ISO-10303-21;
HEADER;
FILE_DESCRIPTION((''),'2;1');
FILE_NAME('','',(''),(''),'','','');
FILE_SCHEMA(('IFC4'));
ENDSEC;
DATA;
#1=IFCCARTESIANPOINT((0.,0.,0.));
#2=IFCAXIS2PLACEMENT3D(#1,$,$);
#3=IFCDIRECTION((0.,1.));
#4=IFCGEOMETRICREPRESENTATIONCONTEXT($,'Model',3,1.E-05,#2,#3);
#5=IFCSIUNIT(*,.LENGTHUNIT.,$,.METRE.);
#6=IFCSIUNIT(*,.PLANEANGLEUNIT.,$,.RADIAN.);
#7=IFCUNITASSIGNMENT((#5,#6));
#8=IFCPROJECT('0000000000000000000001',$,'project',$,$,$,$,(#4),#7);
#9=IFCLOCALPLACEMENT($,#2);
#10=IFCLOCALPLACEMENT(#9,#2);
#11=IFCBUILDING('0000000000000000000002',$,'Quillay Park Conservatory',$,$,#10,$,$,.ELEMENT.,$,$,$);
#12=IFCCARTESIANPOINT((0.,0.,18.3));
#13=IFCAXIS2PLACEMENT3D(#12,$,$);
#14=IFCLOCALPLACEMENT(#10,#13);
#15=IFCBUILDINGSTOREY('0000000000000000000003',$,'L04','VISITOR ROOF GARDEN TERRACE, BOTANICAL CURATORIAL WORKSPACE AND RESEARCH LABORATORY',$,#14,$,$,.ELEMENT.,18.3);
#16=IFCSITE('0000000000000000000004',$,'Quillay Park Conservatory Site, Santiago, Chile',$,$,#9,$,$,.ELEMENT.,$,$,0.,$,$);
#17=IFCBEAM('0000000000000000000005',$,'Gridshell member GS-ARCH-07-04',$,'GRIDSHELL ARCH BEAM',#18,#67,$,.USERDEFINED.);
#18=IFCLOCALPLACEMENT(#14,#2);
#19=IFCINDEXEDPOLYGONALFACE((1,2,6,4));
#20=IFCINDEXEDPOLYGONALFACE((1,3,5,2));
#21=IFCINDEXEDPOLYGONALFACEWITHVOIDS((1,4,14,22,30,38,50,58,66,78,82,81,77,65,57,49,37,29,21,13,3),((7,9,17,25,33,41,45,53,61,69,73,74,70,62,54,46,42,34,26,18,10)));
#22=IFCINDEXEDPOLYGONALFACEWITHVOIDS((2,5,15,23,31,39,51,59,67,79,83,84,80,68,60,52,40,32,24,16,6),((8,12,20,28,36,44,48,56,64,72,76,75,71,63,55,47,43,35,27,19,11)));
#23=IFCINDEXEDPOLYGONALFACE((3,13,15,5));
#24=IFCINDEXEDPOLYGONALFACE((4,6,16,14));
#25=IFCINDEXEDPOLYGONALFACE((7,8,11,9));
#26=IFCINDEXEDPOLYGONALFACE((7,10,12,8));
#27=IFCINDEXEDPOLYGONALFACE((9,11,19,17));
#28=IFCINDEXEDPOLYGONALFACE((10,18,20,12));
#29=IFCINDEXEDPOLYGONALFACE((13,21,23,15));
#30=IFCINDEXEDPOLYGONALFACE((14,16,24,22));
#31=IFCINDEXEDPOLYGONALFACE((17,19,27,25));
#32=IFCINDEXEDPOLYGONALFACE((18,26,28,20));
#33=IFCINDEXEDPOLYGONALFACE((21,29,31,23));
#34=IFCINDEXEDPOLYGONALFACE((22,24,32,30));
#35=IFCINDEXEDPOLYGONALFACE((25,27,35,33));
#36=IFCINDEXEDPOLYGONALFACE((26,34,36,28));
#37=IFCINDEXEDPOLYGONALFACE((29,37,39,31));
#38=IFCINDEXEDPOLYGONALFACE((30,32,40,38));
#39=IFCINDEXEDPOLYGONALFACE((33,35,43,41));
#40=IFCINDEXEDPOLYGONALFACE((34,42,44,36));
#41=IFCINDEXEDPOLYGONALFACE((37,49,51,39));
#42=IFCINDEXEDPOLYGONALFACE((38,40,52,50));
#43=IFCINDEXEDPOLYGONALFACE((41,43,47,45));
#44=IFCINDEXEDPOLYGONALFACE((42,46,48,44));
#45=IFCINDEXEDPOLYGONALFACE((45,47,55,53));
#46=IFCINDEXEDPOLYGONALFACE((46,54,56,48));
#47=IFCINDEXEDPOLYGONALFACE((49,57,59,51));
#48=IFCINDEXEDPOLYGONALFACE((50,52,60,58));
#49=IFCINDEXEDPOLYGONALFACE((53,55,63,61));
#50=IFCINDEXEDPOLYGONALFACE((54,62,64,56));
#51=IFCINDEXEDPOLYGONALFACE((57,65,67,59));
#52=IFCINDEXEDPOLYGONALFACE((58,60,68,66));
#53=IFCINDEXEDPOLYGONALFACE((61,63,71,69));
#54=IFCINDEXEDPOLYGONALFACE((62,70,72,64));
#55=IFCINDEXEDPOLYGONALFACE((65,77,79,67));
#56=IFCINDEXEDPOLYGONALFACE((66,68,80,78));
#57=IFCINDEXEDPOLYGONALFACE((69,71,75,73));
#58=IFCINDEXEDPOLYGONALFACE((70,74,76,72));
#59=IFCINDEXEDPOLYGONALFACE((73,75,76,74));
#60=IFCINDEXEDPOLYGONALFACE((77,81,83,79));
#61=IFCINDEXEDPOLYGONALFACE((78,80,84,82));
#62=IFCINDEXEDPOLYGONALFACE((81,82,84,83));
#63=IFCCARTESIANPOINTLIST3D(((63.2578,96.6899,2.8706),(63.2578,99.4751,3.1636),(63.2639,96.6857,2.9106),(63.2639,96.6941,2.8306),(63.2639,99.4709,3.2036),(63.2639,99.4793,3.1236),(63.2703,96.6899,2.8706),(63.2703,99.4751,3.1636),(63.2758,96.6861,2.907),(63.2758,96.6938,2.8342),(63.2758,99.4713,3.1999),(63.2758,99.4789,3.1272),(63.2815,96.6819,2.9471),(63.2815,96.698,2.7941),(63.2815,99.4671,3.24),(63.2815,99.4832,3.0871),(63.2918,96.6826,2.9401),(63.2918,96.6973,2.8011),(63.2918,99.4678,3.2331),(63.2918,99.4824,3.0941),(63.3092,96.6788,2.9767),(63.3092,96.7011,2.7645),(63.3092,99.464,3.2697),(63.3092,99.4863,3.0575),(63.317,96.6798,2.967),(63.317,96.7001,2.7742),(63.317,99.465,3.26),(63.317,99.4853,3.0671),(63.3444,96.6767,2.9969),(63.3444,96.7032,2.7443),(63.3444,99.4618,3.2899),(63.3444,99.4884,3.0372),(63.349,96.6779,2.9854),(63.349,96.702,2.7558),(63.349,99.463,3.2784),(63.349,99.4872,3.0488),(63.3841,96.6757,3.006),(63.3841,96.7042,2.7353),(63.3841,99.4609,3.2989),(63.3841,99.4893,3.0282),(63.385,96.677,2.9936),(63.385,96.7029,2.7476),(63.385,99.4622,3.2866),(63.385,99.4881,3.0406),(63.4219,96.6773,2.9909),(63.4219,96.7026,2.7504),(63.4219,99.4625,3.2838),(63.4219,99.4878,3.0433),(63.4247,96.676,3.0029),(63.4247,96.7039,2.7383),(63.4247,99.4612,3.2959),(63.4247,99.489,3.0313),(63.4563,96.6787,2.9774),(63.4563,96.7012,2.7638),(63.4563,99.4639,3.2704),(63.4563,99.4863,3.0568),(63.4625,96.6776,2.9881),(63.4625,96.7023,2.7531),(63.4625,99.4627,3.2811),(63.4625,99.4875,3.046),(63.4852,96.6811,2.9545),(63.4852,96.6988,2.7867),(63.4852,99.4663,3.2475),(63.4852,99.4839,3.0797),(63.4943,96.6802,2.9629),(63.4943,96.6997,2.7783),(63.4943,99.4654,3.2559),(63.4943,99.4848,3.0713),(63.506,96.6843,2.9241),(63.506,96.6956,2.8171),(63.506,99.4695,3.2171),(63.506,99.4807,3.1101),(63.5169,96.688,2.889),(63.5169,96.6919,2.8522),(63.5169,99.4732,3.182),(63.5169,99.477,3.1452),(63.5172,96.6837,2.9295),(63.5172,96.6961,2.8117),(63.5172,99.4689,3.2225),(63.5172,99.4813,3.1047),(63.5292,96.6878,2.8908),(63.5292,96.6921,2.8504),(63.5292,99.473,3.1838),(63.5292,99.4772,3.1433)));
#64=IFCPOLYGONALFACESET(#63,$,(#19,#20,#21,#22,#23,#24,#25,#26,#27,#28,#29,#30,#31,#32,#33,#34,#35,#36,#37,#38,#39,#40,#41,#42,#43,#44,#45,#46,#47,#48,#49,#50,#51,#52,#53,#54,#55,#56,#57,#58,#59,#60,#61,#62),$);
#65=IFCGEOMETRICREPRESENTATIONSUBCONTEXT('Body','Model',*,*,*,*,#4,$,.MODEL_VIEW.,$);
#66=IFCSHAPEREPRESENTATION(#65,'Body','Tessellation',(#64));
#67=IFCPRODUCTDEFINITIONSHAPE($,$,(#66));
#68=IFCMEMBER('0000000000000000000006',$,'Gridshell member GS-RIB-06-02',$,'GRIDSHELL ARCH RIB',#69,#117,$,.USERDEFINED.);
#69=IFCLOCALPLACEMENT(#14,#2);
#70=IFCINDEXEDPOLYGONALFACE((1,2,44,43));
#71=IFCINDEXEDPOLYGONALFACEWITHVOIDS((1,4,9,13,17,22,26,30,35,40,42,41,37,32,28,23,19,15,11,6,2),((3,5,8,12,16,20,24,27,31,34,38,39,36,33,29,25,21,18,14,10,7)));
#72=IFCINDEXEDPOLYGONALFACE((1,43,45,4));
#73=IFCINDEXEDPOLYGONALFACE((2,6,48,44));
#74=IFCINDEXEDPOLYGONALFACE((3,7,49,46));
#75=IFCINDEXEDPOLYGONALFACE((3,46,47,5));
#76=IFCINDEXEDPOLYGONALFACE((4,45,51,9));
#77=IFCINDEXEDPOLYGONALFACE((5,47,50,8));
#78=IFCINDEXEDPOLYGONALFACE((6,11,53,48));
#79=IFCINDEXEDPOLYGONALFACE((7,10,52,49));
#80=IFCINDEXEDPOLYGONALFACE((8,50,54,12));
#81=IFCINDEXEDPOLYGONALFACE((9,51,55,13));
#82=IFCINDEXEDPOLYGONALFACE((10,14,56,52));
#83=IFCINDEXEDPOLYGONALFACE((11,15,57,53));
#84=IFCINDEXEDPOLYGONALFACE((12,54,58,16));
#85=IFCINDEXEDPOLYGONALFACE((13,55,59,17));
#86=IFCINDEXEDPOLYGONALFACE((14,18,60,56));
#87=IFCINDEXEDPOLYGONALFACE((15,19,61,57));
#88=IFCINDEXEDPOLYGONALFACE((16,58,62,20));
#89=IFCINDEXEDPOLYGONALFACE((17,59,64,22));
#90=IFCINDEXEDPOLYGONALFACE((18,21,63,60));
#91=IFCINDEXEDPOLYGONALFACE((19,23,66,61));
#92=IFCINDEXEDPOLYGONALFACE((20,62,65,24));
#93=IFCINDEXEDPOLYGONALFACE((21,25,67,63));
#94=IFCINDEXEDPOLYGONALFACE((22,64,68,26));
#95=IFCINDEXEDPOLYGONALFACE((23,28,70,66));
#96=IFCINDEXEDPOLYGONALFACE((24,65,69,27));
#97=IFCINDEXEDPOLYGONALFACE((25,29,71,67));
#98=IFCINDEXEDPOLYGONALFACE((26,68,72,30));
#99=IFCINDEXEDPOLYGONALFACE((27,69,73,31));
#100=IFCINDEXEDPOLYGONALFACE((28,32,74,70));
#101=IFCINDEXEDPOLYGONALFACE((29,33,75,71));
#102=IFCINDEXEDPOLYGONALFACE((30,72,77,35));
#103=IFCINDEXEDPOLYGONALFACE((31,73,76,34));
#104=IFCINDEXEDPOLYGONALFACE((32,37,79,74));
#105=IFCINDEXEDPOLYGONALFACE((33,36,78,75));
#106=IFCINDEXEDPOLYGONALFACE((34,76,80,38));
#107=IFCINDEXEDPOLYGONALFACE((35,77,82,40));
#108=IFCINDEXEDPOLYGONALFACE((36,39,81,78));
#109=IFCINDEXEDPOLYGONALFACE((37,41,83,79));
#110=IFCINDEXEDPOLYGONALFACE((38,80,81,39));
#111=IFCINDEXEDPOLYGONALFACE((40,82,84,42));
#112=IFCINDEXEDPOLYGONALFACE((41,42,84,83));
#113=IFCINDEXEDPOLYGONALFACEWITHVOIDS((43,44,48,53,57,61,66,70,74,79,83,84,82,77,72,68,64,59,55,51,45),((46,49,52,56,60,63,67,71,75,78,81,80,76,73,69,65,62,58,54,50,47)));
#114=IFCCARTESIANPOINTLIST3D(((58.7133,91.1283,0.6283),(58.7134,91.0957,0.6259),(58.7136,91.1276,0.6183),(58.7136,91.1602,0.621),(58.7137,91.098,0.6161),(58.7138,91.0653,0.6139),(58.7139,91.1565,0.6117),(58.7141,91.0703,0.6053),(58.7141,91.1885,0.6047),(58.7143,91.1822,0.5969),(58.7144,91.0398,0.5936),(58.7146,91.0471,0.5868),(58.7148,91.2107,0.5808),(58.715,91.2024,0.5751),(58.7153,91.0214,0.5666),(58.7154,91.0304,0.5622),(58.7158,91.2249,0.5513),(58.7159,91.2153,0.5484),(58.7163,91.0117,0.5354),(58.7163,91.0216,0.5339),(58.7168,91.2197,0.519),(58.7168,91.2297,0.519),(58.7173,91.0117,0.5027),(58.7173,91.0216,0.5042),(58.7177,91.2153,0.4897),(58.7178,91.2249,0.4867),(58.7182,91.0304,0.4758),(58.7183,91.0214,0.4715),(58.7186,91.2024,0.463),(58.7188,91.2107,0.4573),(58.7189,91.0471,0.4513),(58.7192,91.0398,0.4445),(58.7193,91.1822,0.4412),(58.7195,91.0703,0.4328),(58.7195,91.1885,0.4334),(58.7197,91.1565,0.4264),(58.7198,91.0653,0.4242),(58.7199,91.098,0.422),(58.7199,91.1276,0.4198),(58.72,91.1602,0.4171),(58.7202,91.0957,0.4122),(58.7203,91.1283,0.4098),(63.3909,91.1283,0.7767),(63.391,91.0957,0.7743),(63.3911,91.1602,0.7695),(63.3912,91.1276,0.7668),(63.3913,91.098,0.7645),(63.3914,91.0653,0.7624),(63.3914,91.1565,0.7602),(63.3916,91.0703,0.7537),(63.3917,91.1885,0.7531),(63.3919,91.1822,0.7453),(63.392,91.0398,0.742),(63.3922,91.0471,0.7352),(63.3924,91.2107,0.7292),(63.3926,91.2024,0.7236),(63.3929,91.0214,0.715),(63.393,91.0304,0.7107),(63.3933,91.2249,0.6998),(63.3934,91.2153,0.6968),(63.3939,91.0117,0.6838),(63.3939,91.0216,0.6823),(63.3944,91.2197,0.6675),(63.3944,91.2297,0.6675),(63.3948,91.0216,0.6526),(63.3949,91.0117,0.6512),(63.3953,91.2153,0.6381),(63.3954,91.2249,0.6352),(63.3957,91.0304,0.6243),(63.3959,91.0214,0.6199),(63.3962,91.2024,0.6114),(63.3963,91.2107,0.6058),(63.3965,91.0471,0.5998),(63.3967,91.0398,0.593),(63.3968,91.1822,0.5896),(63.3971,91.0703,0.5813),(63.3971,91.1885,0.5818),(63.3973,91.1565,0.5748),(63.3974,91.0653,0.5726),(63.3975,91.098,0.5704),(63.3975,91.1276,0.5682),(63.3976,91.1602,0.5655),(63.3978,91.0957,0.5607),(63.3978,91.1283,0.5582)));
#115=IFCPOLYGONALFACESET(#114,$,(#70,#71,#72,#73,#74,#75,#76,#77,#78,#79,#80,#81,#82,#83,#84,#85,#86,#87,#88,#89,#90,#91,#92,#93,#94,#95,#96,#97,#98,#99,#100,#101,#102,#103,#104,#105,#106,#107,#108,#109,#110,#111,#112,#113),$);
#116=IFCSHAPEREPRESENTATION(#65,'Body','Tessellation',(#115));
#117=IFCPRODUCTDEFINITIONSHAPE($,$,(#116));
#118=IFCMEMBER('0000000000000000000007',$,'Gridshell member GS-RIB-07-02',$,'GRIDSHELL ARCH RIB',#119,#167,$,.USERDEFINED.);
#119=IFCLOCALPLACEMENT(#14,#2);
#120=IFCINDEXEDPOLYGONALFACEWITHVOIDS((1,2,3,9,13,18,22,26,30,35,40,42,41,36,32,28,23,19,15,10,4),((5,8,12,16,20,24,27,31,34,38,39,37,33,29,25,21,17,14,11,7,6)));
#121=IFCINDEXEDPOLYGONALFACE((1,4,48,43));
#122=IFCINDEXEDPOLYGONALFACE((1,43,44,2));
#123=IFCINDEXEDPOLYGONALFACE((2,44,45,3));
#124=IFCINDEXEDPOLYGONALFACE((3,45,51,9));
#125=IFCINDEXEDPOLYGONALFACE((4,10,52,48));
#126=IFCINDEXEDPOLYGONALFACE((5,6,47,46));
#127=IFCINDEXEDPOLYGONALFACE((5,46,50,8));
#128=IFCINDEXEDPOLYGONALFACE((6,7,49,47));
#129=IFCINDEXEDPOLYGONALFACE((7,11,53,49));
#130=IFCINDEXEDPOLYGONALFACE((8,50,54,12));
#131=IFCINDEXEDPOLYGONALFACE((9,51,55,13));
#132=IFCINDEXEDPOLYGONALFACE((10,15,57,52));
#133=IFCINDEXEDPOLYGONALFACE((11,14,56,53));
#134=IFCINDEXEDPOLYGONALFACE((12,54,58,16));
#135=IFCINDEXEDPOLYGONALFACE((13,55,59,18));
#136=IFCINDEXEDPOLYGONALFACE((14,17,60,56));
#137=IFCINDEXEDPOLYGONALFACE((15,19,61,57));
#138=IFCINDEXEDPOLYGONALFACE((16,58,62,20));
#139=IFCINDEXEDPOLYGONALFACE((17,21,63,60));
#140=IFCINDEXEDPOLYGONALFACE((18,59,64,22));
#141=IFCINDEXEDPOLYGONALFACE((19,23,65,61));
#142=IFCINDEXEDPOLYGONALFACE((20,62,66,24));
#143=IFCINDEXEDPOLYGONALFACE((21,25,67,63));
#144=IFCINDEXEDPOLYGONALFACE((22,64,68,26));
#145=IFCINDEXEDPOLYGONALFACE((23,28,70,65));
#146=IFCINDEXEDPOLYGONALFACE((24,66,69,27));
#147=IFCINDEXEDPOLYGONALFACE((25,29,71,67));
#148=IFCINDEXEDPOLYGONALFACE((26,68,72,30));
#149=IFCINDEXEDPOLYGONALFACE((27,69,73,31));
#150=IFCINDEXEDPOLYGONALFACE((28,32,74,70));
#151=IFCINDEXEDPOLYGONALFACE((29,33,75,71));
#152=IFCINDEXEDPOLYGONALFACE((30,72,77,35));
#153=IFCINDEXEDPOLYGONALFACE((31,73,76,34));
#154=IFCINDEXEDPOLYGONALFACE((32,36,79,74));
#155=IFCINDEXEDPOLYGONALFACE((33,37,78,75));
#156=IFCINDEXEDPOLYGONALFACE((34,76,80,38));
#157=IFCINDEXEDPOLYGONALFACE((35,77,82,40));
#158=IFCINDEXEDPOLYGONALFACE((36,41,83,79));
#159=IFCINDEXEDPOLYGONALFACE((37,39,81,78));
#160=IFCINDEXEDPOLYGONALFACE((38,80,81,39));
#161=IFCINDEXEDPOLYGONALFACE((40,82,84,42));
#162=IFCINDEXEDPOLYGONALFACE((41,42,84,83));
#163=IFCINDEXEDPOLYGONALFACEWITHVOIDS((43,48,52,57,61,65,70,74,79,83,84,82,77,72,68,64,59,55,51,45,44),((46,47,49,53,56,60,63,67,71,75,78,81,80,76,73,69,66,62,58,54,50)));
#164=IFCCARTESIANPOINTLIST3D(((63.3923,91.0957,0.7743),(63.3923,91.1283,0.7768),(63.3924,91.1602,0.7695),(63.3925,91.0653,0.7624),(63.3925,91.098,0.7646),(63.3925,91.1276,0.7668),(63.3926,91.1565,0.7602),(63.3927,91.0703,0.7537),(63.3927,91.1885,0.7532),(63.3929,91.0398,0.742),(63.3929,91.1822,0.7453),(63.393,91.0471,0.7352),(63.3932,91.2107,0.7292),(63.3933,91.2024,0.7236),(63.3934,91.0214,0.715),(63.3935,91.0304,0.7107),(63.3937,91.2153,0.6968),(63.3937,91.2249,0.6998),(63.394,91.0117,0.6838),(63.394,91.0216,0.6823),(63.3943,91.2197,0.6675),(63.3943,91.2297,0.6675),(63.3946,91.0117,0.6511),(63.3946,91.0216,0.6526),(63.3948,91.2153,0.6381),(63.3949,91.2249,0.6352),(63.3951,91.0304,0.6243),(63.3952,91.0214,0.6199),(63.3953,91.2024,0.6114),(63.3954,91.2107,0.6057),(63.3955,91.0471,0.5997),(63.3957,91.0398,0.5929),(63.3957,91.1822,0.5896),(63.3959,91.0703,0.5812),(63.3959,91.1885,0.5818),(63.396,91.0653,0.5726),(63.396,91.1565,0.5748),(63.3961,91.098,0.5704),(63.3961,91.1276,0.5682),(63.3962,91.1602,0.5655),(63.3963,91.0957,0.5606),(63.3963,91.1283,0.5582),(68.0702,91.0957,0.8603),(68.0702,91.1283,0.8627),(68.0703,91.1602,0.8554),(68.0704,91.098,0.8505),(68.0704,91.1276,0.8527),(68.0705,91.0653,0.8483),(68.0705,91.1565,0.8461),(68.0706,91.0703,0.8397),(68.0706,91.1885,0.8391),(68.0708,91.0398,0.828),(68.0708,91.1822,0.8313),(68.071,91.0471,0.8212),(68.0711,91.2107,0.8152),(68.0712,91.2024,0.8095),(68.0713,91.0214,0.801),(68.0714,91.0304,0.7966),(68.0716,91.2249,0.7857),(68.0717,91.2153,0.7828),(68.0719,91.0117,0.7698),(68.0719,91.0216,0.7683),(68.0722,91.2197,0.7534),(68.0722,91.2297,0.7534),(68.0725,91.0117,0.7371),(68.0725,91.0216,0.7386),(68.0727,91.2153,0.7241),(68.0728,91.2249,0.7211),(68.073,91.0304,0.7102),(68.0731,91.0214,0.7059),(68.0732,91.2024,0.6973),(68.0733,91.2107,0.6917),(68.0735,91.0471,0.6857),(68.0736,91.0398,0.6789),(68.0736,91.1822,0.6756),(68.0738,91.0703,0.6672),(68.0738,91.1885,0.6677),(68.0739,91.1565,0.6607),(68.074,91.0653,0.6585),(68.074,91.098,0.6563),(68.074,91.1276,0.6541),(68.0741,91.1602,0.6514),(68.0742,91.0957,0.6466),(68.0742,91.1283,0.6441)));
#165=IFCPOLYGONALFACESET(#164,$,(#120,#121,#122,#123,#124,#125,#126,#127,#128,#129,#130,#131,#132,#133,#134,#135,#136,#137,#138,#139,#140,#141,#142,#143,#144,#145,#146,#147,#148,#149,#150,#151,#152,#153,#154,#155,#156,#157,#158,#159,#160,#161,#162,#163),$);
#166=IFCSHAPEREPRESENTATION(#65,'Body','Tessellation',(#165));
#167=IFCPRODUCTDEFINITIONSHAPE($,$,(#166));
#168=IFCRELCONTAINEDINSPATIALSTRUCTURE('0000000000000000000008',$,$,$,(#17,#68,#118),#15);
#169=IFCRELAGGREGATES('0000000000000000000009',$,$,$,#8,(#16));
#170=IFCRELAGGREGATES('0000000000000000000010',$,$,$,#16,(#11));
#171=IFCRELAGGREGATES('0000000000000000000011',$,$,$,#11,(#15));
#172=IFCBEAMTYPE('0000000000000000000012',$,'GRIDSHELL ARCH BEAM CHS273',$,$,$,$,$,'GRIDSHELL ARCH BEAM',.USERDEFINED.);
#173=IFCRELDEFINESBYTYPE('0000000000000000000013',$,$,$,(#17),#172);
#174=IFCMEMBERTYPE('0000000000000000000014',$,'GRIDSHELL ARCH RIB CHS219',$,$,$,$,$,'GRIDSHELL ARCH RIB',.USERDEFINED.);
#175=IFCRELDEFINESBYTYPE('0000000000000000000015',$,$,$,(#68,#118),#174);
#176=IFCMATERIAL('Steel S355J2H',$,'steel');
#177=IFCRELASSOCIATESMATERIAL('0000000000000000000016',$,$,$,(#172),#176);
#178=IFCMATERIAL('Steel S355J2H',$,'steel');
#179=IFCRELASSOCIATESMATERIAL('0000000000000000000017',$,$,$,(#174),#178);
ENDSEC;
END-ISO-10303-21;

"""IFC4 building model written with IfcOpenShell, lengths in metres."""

from ifc_helpers import new_model, si_unit, direction, frame, origin, origin_2d, place, context, subcontext, project, spatial, hollow_circle, extrude, material, material_profile, profile_set, type_object, element, save


model = new_model("IFC4")

# Units and contexts
model_context = context("Model", 3, precision=1e-05, world=origin(), true_north=direction((0.0, 1.0)))
body_context = subcontext(model_context, "Body", "Model", "MODEL_VIEW")
ifc_project = project(units=[si_unit("LENGTHUNIT", "METRE"), si_unit("PLANEANGLEUNIT", "RADIAN")], contexts=[model_context])

# Site, building, storey
site_placement = place(None, origin())
site = spatial("IfcSite", under=ifc_project, at=site_placement, Name="Quillay Park Conservatory Site, Santiago, Chile", CompositionType="ELEMENT", RefElevation=0.0)
building_placement = place(site_placement, origin())
building = spatial("IfcBuilding", under=site, at=building_placement, Name="Quillay Park Conservatory", CompositionType="ELEMENT")
storey_placement = place(building_placement, frame((0.0, 0.0, 18.3)))
storey = spatial("IfcBuildingStorey", under=building, at=storey_placement, Name="L04", Description="VISITOR ROOF GARDEN TERRACE, BOTANICAL CURATORIAL WORKSPACE AND RESEARCH LABORATORY", CompositionType="ELEMENT", Elevation=18.3)

# Beam
ifc_material_1 = material(Name="Steel S355J2H", Category="steel")
ifc_material_profile_1 = material_profile(ifc_material_1, hollow_circle(Radius=0.1365, WallThickness=0.0125, at=origin_2d()), Name="CHS273x12.5")
ifc_profile_set_1 = profile_set([ifc_material_profile_1], Name="Steel S355J2H")
beam_type = type_object("IfcBeamType", Name="GRIDSHELL ARCH BEAM CHS273", ElementType="GRIDSHELL ARCH BEAM", PredefinedType="USERDEFINED", material=ifc_profile_set_1)
beam_1_placement = place(storey_placement, frame((63.3943, 96.6899, 2.8706), z_axis=(0.0, 0.994513, 0.104612), x_axis=(-1.0, 0.0, 0.0)))
element("IfcBeam", 1, at=beam_1_placement, inside=storey, type_object=beam_type, Name="Gridshell member GS-ARCH-07-04", ObjectType="GRIDSHELL ARCH BEAM", PredefinedType="USERDEFINED", context=body_context, shape_type="SweptSolid", body=[
    extrude(hollow_circle(Radius=0.1365, WallThickness=0.0125, at=origin_2d()), origin(), (0.0, 0.0, 1.0), 2.8005),
])

# Members
ifc_material_2 = material(Name="Steel S355J2H", Category="steel")
ifc_material_profile_2 = material_profile(ifc_material_2, hollow_circle(Radius=0.1096, WallThickness=0.01, at=origin_2d()), Name="CHS219.1x10")
ifc_profile_set_2 = profile_set([ifc_material_profile_2], Name="Steel S355J2H")
member_type = type_object("IfcMemberType", Name="GRIDSHELL ARCH RIB CHS219", ElementType="GRIDSHELL ARCH RIB", PredefinedType="USERDEFINED", material=ifc_profile_set_2)
member_1_placement = place(storey_placement, frame((58.7168, 91.1201, 0.519), z_axis=(0.999497, 0.0, 0.031718), x_axis=(0.0, 1.0, 0.0)))
element("IfcMember", 2, at=member_1_placement, inside=storey, type_object=member_type, Name="Gridshell member GS-RIB-06-02", ObjectType="GRIDSHELL ARCH RIB", PredefinedType="USERDEFINED", context=body_context, shape_type="SweptSolid", body=[
    extrude(hollow_circle(Radius=0.1096, WallThickness=0.01, at=origin_2d()), origin(), (0.0, 0.0, 1.0), 4.6799),
])
member_2_placement = place(storey_placement, frame((63.3943, 91.1201, 0.6675), z_axis=(0.999831, 0.0, 0.018368), x_axis=(0.0, 1.0, 0.0)))
element("IfcMember", 3, at=member_2_placement, inside=storey, type_object=member_type, Name="Gridshell member GS-RIB-07-02", ObjectType="GRIDSHELL ARCH RIB", PredefinedType="USERDEFINED", context=body_context, shape_type="SweptSolid", body=[
    extrude(hollow_circle(Radius=0.1096, WallThickness=0.01, at=origin_2d()), origin(), (0.0, 0.0, 1.0), 4.6787),
])

save(model, "model.ifc")
